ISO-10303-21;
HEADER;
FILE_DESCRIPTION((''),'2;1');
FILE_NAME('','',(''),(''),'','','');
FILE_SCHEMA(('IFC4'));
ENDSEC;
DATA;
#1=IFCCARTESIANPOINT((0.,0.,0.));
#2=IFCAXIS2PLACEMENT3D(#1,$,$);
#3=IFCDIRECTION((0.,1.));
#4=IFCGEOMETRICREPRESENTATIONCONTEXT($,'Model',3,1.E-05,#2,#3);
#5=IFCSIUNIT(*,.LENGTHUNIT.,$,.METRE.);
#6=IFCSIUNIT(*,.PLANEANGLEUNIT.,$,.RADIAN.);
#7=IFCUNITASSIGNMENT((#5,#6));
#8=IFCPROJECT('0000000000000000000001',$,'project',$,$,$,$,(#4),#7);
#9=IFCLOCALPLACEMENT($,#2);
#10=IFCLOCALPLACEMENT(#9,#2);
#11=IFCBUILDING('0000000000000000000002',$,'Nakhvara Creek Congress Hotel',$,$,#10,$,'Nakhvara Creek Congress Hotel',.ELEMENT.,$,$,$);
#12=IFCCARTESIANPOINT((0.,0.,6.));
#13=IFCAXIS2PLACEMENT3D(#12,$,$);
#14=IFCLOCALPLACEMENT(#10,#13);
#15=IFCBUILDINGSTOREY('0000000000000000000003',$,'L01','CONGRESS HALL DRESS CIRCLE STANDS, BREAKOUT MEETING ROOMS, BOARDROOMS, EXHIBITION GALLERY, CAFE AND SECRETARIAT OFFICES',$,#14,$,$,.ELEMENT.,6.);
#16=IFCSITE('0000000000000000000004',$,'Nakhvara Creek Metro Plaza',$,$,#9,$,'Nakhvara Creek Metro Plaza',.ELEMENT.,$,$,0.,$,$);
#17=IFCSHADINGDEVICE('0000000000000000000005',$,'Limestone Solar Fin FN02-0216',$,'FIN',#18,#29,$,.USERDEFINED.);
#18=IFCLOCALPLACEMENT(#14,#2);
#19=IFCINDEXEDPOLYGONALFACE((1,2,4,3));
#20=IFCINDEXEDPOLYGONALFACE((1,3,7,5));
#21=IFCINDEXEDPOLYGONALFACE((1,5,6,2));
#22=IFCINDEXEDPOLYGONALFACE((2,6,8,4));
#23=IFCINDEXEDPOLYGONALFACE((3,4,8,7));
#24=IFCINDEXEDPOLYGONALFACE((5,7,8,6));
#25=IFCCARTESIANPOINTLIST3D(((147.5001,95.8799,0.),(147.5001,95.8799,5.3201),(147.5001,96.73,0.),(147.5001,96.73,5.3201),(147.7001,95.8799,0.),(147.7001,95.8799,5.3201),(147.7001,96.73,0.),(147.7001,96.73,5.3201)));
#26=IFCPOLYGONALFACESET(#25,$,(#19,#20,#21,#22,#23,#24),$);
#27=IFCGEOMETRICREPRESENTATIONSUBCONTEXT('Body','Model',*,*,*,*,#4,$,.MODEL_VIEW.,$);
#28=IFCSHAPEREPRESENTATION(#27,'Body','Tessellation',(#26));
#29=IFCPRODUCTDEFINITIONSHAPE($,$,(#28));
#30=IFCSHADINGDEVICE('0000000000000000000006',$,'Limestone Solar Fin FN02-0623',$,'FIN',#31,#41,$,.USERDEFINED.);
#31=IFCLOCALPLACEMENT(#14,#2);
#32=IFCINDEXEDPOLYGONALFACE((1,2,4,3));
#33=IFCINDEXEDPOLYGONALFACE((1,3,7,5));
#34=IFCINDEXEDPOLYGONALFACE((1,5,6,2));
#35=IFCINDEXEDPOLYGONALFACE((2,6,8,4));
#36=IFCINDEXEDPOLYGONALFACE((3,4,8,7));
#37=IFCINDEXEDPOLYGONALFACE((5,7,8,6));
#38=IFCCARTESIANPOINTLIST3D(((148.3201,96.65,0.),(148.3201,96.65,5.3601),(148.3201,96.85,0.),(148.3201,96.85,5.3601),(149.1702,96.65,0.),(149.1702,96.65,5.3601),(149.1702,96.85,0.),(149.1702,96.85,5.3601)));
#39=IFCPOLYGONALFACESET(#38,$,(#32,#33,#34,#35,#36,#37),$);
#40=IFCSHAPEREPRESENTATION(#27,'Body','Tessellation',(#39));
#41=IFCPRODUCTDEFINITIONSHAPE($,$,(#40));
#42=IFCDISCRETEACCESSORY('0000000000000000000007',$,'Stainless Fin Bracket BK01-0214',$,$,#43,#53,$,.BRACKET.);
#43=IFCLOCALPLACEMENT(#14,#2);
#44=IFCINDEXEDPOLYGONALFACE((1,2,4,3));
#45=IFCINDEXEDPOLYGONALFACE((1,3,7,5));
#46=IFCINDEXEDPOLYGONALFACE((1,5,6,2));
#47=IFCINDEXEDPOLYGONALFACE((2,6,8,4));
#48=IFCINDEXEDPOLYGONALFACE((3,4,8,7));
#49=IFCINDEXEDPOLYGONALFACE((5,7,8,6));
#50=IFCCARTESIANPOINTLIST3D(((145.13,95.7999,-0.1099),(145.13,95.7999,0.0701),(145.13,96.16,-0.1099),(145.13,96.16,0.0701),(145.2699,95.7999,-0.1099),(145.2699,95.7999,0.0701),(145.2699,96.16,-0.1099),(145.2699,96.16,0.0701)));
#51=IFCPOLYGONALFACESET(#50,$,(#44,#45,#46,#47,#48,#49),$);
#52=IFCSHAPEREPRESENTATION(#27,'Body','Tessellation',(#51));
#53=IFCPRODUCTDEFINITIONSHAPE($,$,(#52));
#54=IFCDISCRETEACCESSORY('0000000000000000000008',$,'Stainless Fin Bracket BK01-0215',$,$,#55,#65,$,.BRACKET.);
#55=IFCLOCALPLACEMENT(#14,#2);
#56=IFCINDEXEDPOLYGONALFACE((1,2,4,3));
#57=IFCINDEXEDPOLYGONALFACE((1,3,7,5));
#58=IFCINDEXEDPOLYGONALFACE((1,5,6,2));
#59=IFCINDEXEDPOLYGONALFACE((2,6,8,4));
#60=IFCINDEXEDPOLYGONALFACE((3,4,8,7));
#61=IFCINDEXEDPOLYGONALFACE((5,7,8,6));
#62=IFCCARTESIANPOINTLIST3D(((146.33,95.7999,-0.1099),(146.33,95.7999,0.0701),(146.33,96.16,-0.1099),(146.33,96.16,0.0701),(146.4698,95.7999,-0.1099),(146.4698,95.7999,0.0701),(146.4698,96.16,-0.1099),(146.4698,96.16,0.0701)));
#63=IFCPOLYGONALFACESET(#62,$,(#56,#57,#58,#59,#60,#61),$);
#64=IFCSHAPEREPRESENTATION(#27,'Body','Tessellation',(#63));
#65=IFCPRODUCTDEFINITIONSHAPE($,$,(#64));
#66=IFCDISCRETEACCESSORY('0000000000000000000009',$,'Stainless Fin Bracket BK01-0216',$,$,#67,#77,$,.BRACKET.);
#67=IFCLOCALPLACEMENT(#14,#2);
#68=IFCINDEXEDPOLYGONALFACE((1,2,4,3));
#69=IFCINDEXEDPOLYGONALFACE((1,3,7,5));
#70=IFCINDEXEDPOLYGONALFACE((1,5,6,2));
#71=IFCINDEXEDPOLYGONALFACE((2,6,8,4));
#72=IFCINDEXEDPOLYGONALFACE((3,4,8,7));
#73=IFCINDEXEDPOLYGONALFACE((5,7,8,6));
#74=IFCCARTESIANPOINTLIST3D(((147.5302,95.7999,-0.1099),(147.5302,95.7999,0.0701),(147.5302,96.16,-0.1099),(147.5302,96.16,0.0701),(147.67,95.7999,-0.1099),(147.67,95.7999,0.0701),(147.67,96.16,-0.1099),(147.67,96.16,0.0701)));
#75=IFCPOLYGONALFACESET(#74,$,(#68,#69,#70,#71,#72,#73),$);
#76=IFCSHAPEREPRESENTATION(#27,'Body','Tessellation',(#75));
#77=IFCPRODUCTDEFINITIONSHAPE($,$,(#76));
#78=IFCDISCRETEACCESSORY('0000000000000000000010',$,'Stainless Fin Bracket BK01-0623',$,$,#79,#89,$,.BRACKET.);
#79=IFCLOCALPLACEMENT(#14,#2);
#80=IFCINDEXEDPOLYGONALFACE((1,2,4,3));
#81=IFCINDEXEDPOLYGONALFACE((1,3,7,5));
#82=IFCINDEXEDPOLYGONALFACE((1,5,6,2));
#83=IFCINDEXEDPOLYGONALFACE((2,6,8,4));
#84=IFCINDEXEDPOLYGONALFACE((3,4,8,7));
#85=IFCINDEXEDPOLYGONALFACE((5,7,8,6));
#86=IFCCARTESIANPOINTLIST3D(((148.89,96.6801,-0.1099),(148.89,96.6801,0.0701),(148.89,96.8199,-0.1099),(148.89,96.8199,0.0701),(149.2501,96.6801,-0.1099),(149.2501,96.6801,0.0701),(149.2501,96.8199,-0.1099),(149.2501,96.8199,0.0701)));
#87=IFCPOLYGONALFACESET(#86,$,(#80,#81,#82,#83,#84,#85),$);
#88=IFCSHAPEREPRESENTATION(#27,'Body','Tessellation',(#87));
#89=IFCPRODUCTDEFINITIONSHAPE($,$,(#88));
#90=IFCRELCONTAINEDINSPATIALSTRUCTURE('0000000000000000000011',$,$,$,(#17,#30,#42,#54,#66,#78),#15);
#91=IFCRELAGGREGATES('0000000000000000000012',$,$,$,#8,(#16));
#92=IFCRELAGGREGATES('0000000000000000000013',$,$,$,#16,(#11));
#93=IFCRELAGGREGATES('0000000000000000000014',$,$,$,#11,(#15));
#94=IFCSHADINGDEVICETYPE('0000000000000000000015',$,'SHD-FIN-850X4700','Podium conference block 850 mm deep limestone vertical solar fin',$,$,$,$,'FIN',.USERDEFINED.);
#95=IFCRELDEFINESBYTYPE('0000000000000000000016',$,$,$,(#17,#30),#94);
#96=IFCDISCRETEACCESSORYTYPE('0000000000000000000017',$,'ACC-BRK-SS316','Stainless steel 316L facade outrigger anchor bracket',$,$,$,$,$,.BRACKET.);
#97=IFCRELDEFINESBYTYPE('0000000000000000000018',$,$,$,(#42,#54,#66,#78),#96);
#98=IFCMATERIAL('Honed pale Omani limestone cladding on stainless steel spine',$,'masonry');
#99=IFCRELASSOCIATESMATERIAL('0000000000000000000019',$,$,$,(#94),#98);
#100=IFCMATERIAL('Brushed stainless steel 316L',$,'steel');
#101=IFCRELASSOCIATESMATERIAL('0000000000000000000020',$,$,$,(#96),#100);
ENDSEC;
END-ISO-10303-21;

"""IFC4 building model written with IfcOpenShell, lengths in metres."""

from ifc_helpers import new_model, si_unit, direction, frame, origin, origin_2d, place, context, subcontext, project, spatial, rectangle, extrude, material, type_object, element, save


model = new_model("IFC4")

# Units and contexts
model_context = context("Model", 3, precision=1e-05, world=origin(), true_north=direction((0.0, 1.0)))
body_context = subcontext(model_context, "Body", "Model", "MODEL_VIEW")
ifc_project = project(units=[si_unit("LENGTHUNIT", "METRE"), si_unit("PLANEANGLEUNIT", "RADIAN")], contexts=[model_context])

# Site, building, storey
site_placement = place(None, origin())
site = spatial("IfcSite", under=ifc_project, at=site_placement, Name="Nakhvara Creek Metro Plaza", LongName="Nakhvara Creek Metro Plaza", CompositionType="ELEMENT", RefElevation=0.0)
building_placement = place(site_placement, origin())
building = spatial("IfcBuilding", under=site, at=building_placement, Name="Nakhvara Creek Congress Hotel", LongName="Nakhvara Creek Congress Hotel", CompositionType="ELEMENT")
storey_placement = place(building_placement, frame((0.0, 0.0, 6.0)))
storey = spatial("IfcBuildingStorey", under=building, at=storey_placement, Name="L01", Description="CONGRESS HALL DRESS CIRCLE STANDS, BREAKOUT MEETING ROOMS, BOARDROOMS, EXHIBITION GALLERY, CAFE AND SECRETARIAT OFFICES", CompositionType="ELEMENT", Elevation=6.0)

# Shared definitions
ifc_material_1 = material(Name="Brushed stainless steel 316L", Category="steel")

# Shading devices
ifc_material_2 = material(Name="Honed pale Omani limestone cladding on stainless steel spine", Category="masonry")
shading_device_type = type_object("IfcShadingDeviceType", Name="SHD-FIN-850X4700", Description="Podium conference block 850 mm deep limestone vertical solar fin", ElementType="FIN", PredefinedType="USERDEFINED", material=ifc_material_2)
for number, where, z_axis, x_axis, name in (
    (1, (147.6001, 96.3049, 0.0), (0.0, 0.0, 1.0), (1.0, 0.0, 0.0), "Limestone Solar Fin FN02-0216"),
):
    element("IfcShadingDevice", number, at=place(storey_placement, frame(where, z_axis=z_axis, x_axis=x_axis)), inside=storey, type_object=shading_device_type, Name=name, ObjectType="FIN", PredefinedType="USERDEFINED", context=body_context, shape_type="SweptSolid", body=[
        extrude(rectangle(XDim=0.2, YDim=0.8501, at=origin_2d()), origin(), (0.0, 0.0, 1.0), 5.3201),
    ])
shading_device_placement = place(storey_placement, frame((148.7451, 96.75, 0.0), z_axis=(0.0, 0.0, 1.0), x_axis=(0.0, 1.0, 0.0)))
element("IfcShadingDevice", 2, at=shading_device_placement, inside=storey, type_object=shading_device_type, Name="Limestone Solar Fin FN02-0623", ObjectType="FIN", PredefinedType="USERDEFINED", context=body_context, shape_type="SweptSolid", body=[
    extrude(rectangle(XDim=0.2, YDim=0.8501, at=origin_2d()), origin(), (0.0, 0.0, 1.0), 5.3601),
])

# Discrete accessories
discrete_accessory_type = type_object("IfcDiscreteAccessoryType", Name="ACC-BRK-SS316", Description="Stainless steel 316L facade outrigger anchor bracket", PredefinedType="BRACKET", material=ifc_material_1)
for number, where, z_axis, x_axis, name in (
    (3, (145.2, 95.98, -0.1099), (0.0, 0.0, 1.0), (1.0, 0.0, 0.0), "Stainless Fin Bracket BK01-0214"),
    (4, (146.3999, 95.98, -0.1099), (0.0, 0.0, 1.0), (1.0, 0.0, 0.0), "Stainless Fin Bracket BK01-0215"),
    (5, (147.6001, 95.98, -0.1099), (0.0, 0.0, 1.0), (1.0, 0.0, 0.0), "Stainless Fin Bracket BK01-0216"),
    (6, (149.0701, 96.75, -0.1099), (0.0, 0.0, 1.0), (0.0, 1.0, 0.0), "Stainless Fin Bracket BK01-0623"),
):
    element("IfcDiscreteAccessory", number, at=place(storey_placement, frame(where, z_axis=z_axis, x_axis=x_axis)), inside=storey, type_object=discrete_accessory_type, Name=name, PredefinedType="BRACKET", context=body_context, shape_type="SweptSolid", body=[
        extrude(rectangle(XDim=0.1399, YDim=0.3601, at=origin_2d()), origin(), (0.0, 0.0, 1.0), 0.1799),
    ])

save(model, "model.ifc")
